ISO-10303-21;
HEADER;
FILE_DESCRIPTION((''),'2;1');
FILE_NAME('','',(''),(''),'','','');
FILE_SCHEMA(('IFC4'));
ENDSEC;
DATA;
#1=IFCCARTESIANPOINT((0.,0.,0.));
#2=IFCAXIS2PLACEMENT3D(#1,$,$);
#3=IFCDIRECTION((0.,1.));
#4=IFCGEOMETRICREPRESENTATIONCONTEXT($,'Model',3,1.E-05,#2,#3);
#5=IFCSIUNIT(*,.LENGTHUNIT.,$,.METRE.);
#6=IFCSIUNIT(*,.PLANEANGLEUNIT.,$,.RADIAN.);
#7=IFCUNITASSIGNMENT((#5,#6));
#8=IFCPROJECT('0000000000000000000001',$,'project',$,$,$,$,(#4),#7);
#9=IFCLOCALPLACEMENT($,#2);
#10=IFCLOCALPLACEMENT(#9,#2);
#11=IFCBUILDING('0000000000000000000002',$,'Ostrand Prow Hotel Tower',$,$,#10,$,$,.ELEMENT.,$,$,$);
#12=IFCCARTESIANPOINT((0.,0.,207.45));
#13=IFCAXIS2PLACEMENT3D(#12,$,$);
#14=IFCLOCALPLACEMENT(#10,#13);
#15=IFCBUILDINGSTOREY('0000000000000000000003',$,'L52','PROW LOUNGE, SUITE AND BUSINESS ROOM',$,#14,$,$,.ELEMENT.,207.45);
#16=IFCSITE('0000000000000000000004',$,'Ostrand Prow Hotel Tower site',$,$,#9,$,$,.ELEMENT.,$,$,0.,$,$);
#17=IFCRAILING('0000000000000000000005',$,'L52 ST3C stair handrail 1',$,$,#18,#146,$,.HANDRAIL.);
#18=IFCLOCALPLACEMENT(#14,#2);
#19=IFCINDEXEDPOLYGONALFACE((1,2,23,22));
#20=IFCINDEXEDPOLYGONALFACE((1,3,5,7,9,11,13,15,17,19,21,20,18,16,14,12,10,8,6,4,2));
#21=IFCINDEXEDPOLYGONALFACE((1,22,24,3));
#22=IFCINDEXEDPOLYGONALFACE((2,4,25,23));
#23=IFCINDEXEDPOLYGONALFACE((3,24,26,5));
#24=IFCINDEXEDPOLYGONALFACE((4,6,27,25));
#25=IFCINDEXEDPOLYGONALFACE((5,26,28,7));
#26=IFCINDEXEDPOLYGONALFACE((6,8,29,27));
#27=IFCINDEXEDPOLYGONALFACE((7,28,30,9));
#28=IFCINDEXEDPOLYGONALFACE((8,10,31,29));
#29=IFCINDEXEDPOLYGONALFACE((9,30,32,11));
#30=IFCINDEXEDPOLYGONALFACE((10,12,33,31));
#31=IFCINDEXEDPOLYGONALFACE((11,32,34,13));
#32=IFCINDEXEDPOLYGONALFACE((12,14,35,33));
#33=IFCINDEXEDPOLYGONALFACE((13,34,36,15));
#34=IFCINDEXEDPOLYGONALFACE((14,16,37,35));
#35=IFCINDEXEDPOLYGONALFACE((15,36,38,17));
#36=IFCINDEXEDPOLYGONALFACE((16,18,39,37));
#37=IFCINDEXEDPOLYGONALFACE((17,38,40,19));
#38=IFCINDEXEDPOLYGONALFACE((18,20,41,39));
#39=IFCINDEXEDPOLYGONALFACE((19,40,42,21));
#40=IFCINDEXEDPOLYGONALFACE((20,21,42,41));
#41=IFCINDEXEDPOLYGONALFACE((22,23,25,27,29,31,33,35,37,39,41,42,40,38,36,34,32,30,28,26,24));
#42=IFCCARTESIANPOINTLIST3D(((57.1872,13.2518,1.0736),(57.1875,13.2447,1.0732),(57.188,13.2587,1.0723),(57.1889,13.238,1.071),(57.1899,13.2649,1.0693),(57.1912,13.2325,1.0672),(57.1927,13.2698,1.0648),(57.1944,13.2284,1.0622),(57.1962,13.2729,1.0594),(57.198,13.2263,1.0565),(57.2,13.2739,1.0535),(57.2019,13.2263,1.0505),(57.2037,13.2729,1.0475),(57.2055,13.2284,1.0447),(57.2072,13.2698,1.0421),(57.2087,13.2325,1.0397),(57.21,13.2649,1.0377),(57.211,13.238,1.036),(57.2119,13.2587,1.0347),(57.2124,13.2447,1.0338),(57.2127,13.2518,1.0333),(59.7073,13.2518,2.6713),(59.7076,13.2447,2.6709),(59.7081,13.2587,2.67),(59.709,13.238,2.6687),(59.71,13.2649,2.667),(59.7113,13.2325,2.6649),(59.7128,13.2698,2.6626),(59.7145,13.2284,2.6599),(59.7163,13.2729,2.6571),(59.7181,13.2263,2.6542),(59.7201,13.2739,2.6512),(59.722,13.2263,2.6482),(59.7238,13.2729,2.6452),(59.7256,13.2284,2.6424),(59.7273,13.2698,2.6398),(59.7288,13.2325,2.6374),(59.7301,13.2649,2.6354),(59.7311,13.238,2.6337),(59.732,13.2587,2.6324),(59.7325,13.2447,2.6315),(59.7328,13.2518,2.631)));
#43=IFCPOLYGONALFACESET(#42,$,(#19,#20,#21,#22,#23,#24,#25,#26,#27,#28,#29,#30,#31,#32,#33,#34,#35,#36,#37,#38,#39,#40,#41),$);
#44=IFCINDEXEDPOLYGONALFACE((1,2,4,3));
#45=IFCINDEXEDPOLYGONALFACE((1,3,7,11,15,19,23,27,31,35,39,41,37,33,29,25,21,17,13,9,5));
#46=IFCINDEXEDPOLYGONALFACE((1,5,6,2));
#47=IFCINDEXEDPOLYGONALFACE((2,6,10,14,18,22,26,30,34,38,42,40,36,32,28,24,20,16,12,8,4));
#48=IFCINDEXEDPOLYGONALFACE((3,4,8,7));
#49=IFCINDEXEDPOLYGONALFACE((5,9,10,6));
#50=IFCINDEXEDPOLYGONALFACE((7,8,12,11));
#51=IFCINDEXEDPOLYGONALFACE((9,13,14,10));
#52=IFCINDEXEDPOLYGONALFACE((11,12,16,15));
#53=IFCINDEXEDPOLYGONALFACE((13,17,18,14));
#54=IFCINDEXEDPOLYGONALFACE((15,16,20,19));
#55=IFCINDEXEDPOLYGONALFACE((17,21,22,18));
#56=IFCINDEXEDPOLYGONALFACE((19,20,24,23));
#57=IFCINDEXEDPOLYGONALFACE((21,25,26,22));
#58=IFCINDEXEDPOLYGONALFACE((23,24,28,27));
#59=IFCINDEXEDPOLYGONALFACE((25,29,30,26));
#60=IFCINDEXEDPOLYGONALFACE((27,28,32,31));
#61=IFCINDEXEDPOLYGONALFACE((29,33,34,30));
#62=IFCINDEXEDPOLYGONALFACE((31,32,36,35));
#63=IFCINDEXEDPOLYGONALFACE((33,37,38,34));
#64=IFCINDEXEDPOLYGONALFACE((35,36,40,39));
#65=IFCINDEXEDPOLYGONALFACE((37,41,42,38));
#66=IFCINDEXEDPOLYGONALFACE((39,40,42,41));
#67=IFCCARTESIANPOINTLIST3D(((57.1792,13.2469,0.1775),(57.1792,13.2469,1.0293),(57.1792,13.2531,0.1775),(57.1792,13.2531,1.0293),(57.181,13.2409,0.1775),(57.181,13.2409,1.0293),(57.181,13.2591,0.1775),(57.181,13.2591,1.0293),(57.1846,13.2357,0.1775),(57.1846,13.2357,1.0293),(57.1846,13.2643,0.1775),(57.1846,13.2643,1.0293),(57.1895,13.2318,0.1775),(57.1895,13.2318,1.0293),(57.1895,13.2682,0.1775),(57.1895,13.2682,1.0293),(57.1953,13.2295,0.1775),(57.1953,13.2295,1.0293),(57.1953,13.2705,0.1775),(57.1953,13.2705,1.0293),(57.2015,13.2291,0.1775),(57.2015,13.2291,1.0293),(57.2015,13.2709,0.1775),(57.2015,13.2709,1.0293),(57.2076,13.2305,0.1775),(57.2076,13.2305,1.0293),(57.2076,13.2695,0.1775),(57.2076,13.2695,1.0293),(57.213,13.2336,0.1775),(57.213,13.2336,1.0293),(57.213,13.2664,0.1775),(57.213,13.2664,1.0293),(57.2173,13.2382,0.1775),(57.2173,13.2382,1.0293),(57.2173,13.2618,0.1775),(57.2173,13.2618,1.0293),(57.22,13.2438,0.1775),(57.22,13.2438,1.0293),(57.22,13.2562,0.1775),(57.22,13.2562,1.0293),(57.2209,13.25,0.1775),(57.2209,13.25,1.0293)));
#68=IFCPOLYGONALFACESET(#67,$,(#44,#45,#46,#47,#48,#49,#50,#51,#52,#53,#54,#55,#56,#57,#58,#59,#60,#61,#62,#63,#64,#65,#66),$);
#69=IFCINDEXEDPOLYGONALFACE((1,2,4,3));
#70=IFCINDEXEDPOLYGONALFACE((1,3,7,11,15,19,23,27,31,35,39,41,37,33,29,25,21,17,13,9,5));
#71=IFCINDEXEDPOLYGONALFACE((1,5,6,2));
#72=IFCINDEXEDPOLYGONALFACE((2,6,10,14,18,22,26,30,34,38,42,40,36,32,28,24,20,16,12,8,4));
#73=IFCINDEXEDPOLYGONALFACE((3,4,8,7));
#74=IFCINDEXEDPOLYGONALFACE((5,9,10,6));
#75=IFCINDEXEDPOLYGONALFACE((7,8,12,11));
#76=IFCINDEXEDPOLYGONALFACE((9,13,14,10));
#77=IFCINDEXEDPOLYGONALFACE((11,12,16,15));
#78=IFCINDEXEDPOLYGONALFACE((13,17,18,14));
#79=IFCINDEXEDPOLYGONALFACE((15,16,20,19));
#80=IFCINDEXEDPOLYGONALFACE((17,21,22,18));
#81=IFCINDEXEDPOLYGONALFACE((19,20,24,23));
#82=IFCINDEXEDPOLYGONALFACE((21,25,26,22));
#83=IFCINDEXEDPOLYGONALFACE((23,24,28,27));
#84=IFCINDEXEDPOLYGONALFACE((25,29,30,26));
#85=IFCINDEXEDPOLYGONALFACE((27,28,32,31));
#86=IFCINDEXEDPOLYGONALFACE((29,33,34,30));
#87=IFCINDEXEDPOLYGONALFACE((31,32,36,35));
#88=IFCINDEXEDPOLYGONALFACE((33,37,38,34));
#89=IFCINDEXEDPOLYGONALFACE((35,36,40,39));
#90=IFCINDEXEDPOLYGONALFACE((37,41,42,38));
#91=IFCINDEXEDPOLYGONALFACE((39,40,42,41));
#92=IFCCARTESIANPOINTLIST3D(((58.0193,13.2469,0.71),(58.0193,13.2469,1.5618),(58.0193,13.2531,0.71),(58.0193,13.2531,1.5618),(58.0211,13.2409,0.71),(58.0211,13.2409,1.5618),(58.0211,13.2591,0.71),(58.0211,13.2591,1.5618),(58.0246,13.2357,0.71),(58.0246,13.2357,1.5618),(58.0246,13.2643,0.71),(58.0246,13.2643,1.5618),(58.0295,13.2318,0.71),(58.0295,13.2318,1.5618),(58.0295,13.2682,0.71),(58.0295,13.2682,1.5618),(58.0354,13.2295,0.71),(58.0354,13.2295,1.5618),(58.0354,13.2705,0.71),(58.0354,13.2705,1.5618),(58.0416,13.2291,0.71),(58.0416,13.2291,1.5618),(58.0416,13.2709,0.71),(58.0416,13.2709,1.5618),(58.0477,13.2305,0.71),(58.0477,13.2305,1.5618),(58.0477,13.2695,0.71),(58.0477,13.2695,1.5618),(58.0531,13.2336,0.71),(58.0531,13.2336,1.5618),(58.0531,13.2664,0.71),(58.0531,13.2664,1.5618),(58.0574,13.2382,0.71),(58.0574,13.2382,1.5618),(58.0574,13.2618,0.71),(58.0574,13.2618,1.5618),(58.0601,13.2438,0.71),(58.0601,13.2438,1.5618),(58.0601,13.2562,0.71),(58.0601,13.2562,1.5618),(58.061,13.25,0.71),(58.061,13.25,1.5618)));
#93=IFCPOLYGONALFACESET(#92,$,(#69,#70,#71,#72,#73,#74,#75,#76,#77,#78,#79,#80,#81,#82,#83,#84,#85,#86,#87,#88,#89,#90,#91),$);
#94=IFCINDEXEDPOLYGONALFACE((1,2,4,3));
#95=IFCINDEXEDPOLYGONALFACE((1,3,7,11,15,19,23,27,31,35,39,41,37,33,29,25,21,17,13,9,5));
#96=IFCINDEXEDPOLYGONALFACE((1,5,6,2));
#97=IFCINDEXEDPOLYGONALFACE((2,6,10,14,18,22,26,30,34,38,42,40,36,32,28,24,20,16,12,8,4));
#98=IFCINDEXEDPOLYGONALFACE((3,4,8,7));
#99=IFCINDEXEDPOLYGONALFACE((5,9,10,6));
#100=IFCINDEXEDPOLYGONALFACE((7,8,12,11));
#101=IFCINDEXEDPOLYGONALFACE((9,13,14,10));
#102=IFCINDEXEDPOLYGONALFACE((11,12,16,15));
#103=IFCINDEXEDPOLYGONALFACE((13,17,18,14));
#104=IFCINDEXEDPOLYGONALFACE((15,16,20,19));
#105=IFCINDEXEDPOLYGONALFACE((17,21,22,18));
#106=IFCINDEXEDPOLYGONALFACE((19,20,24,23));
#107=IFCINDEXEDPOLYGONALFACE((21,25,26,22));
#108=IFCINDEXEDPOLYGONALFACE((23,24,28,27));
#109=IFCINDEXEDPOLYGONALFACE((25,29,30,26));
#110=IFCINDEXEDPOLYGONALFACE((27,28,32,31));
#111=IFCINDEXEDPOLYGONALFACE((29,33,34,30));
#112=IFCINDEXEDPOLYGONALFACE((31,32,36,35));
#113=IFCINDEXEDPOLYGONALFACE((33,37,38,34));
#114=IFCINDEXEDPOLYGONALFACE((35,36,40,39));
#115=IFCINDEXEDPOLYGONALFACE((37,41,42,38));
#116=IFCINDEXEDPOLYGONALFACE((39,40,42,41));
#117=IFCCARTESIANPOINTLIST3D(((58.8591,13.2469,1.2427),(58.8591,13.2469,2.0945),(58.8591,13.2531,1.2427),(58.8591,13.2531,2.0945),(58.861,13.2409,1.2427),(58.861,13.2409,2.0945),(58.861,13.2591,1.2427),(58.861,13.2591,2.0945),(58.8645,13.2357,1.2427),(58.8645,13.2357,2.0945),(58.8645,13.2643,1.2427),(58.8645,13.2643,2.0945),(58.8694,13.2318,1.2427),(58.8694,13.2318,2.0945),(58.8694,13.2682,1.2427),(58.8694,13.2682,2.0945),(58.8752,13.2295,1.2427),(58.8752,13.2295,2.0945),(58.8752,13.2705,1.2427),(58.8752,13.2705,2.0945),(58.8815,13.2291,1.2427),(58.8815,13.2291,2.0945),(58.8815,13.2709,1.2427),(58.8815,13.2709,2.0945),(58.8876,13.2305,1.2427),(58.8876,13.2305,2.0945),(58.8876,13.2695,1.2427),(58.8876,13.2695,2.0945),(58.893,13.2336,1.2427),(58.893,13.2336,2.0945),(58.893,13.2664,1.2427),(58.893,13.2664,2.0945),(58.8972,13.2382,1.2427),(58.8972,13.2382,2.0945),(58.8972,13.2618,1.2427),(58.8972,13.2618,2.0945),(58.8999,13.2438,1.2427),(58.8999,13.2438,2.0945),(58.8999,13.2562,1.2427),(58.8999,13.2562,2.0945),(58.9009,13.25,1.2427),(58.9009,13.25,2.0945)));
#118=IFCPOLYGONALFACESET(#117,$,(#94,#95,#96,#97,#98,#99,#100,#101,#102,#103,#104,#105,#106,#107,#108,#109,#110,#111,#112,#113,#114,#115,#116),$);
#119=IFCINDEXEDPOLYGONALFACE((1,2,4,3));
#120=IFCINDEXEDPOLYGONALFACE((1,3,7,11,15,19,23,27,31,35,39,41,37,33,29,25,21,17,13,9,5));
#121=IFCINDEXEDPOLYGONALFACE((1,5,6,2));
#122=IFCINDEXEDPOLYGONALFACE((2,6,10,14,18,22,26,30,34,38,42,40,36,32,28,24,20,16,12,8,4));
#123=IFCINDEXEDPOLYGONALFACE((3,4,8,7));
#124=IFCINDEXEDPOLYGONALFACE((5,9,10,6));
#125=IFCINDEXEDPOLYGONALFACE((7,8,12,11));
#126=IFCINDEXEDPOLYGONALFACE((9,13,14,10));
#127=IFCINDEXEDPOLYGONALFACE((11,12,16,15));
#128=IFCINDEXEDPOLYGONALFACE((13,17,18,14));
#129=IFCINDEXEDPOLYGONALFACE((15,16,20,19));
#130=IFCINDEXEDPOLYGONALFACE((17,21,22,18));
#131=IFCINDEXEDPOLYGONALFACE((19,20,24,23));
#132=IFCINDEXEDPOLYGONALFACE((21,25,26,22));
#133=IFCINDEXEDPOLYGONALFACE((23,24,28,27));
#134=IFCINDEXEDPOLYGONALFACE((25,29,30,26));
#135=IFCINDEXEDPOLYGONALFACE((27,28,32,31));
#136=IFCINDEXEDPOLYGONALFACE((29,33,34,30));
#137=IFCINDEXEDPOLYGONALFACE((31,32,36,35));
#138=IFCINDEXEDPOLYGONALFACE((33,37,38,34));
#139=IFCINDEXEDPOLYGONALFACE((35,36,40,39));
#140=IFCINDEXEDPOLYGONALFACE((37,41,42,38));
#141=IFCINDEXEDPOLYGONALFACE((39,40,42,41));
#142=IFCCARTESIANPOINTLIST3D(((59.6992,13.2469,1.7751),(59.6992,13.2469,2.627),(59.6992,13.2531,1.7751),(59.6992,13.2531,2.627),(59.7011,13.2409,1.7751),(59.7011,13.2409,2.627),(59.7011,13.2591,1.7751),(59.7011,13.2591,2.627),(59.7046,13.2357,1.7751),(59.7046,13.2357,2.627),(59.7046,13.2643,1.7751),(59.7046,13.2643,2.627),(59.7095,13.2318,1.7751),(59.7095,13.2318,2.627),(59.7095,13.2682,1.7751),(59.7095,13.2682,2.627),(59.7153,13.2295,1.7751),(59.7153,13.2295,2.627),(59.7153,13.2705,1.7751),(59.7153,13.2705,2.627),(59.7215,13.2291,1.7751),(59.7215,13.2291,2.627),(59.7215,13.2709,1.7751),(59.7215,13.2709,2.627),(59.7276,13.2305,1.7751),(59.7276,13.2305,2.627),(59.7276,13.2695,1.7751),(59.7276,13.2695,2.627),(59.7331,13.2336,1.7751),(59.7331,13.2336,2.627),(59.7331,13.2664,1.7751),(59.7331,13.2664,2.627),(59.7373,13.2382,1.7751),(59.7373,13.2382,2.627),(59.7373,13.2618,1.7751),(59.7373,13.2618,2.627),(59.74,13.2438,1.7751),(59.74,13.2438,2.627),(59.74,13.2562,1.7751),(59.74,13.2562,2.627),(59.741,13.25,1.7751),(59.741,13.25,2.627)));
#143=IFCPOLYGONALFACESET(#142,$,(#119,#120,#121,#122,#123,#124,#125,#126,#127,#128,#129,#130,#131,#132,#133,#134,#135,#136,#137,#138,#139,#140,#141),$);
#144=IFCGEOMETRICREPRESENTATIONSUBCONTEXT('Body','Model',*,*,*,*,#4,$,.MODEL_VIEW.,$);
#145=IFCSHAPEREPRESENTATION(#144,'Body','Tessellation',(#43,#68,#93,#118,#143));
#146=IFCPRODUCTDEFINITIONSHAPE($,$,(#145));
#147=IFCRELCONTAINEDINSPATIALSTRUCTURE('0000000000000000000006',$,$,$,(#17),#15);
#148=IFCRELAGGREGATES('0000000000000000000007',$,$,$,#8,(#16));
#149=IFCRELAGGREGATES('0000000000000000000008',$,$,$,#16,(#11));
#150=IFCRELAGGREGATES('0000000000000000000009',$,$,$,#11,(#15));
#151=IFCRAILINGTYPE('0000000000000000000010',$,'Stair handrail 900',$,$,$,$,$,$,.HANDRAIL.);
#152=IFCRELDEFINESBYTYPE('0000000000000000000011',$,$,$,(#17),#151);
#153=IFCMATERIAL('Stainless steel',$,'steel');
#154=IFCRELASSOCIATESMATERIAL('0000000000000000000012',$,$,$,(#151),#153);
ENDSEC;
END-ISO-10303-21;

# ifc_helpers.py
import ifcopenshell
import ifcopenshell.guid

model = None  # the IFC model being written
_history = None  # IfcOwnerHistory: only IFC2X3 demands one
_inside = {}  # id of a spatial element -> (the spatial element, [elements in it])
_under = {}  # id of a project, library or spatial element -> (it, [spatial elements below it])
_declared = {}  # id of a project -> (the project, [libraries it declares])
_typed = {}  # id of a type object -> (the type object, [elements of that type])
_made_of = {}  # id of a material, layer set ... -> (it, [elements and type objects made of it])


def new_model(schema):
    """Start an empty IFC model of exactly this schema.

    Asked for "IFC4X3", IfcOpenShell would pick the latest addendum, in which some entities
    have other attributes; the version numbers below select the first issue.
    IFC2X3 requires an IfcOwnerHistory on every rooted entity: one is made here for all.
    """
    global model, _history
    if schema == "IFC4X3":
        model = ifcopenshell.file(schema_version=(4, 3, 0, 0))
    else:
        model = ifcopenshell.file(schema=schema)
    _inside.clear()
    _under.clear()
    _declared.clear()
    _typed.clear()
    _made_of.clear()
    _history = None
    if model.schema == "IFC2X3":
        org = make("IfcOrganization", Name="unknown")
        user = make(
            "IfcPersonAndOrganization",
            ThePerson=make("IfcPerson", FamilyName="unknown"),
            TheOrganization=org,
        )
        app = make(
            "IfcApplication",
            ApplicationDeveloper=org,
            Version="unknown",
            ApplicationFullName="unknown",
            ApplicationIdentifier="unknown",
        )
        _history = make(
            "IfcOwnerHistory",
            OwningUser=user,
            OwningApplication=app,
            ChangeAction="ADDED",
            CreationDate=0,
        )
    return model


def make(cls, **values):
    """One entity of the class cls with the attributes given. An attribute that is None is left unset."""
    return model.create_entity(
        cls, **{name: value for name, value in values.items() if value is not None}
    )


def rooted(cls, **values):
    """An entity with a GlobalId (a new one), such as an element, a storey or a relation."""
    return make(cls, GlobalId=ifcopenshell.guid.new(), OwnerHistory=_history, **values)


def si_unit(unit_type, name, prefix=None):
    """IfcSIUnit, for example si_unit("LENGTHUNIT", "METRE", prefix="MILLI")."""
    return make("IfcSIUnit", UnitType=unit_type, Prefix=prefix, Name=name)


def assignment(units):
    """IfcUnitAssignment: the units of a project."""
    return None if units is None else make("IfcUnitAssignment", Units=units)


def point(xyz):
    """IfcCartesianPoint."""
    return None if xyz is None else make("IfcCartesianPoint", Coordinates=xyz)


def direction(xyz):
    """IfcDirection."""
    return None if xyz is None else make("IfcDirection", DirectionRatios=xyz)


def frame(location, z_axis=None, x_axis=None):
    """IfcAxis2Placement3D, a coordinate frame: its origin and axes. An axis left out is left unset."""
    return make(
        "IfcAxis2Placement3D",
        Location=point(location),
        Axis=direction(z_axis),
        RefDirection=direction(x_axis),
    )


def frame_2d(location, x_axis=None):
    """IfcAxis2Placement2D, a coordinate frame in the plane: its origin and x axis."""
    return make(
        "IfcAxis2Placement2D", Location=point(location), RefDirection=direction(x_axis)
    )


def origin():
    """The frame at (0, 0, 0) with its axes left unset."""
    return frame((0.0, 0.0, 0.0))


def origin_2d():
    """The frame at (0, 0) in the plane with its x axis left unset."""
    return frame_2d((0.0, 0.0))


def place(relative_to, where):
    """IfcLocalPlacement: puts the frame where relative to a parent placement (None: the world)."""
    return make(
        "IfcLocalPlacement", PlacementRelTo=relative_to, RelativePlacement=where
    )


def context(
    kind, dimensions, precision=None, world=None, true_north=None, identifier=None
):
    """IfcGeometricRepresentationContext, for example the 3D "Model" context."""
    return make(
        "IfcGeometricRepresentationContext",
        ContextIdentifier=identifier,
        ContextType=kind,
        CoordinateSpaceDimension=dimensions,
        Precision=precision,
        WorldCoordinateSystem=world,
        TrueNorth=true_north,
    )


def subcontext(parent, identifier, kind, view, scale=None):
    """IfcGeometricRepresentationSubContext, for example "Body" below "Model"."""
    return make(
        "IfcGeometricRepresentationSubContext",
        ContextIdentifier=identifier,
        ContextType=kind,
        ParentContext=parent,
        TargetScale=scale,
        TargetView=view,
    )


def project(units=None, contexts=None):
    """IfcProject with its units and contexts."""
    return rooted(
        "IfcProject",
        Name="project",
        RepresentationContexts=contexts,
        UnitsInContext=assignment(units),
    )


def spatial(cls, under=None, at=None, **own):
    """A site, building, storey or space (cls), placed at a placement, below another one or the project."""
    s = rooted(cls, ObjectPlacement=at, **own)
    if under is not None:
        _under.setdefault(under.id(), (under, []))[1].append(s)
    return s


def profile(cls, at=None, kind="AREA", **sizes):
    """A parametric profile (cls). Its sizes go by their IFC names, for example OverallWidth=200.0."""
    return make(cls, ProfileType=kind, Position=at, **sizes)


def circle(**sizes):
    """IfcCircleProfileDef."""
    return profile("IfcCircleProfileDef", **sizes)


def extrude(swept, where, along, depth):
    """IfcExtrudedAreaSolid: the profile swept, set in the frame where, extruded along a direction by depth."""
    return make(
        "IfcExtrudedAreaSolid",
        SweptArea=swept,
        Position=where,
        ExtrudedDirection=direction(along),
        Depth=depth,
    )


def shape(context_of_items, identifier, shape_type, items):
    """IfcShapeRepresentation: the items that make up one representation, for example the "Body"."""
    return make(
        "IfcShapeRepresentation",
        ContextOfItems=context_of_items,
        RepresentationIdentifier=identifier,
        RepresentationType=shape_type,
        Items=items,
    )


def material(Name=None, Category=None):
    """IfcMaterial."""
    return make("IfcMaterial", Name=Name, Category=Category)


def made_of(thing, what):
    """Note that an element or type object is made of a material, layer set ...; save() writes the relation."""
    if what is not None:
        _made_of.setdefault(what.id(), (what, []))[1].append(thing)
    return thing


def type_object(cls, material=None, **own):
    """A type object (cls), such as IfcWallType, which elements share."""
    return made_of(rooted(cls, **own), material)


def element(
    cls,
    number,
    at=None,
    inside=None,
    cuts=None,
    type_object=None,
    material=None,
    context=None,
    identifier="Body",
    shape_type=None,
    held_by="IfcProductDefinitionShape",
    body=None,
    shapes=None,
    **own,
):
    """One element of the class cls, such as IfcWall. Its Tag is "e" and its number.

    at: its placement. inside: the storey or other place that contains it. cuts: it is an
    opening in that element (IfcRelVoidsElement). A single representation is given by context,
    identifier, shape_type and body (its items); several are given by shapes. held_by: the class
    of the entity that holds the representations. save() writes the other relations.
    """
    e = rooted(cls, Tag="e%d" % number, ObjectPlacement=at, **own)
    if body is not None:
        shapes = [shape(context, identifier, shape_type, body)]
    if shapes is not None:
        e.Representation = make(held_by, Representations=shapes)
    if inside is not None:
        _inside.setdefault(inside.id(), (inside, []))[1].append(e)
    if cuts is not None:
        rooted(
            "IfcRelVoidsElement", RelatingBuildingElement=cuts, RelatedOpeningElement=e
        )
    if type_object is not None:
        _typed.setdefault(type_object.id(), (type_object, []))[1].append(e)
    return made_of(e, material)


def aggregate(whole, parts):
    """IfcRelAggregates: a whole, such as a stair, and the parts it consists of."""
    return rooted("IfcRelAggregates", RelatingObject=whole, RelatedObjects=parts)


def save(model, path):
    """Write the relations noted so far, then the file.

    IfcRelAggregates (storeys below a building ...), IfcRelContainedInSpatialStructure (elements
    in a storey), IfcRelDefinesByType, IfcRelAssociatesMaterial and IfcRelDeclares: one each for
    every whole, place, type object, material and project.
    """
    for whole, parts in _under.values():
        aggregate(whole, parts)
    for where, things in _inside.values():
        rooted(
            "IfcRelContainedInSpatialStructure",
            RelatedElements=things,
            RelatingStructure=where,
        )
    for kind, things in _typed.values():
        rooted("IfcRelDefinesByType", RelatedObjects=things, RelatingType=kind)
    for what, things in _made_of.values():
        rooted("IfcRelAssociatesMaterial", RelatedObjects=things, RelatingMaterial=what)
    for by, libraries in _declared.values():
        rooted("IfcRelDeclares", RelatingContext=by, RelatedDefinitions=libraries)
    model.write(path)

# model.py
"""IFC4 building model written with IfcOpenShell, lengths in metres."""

from ifc_helpers import new_model, si_unit, direction, frame, origin, origin_2d, place, context, subcontext, project, spatial, circle, extrude, material, type_object, element, save


model = new_model("IFC4")

# Units and contexts
model_context = context("Model", 3, precision=1e-05, world=origin(), true_north=direction((0.0, 1.0)))
body_context = subcontext(model_context, "Body", "Model", "MODEL_VIEW")
ifc_project = project(units=[si_unit("LENGTHUNIT", "METRE"), si_unit("PLANEANGLEUNIT", "RADIAN")], contexts=[model_context])

# Site, building, storey
site_placement = place(None, origin())
site = spatial("IfcSite", under=ifc_project, at=site_placement, Name="Ostrand Prow Hotel Tower site", CompositionType="ELEMENT", RefElevation=0.0)
building_placement = place(site_placement, origin())
building = spatial("IfcBuilding", under=site, at=building_placement, Name="Ostrand Prow Hotel Tower", CompositionType="ELEMENT")
storey_placement = place(building_placement, frame((0.0, 0.0, 207.45)))
storey = spatial("IfcBuildingStorey", under=building, at=storey_placement, Name="L52", Description="PROW LOUNGE, SUITE AND BUSINESS ROOM", CompositionType="ELEMENT", Elevation=207.45)

# Railing
ifc_material_1 = material(Name="Stainless steel", Category="steel")
railing_type_1 = type_object("IfcRailingType", Name="Stair handrail 900", PredefinedType="HANDRAIL", material=ifc_material_1)
railing_1_placement = place(storey_placement, frame((57.2, 13.25, 0.1775)))
element("IfcRailing", 1, at=railing_1_placement, inside=storey, type_object=railing_type_1, Name="L52 ST3C stair handrail 1", PredefinedType="HANDRAIL", context=body_context, shape_type="SweptSolid", body=[
    extrude(circle(Radius=0.0239, at=origin_2d()), frame((0.0, 0.0, 0.876), z_axis=(0.84457, 0.0, 0.535445), x_axis=(0.0, 1.0, 0.0)), (0.0, 0.0, 1.0), 2.9839),
    extrude(circle(Radius=0.021, at=origin_2d()), origin(), (0.0, 0.0, 1.0), 0.8518),
    extrude(circle(Radius=0.021, at=origin_2d()), frame((0.8401, 0.0, 0.5325)), (0.0, 0.0, 1.0), 0.8518),
    extrude(circle(Radius=0.021, at=origin_2d()), frame((1.6799, 0.0, 1.0652)), (0.0, 0.0, 1.0), 0.8518),
    extrude(circle(Radius=0.021, at=origin_2d()), frame((2.52, 0.0, 1.5977)), (0.0, 0.0, 1.0), 0.8518),
])

save(model, "model.ifc")
